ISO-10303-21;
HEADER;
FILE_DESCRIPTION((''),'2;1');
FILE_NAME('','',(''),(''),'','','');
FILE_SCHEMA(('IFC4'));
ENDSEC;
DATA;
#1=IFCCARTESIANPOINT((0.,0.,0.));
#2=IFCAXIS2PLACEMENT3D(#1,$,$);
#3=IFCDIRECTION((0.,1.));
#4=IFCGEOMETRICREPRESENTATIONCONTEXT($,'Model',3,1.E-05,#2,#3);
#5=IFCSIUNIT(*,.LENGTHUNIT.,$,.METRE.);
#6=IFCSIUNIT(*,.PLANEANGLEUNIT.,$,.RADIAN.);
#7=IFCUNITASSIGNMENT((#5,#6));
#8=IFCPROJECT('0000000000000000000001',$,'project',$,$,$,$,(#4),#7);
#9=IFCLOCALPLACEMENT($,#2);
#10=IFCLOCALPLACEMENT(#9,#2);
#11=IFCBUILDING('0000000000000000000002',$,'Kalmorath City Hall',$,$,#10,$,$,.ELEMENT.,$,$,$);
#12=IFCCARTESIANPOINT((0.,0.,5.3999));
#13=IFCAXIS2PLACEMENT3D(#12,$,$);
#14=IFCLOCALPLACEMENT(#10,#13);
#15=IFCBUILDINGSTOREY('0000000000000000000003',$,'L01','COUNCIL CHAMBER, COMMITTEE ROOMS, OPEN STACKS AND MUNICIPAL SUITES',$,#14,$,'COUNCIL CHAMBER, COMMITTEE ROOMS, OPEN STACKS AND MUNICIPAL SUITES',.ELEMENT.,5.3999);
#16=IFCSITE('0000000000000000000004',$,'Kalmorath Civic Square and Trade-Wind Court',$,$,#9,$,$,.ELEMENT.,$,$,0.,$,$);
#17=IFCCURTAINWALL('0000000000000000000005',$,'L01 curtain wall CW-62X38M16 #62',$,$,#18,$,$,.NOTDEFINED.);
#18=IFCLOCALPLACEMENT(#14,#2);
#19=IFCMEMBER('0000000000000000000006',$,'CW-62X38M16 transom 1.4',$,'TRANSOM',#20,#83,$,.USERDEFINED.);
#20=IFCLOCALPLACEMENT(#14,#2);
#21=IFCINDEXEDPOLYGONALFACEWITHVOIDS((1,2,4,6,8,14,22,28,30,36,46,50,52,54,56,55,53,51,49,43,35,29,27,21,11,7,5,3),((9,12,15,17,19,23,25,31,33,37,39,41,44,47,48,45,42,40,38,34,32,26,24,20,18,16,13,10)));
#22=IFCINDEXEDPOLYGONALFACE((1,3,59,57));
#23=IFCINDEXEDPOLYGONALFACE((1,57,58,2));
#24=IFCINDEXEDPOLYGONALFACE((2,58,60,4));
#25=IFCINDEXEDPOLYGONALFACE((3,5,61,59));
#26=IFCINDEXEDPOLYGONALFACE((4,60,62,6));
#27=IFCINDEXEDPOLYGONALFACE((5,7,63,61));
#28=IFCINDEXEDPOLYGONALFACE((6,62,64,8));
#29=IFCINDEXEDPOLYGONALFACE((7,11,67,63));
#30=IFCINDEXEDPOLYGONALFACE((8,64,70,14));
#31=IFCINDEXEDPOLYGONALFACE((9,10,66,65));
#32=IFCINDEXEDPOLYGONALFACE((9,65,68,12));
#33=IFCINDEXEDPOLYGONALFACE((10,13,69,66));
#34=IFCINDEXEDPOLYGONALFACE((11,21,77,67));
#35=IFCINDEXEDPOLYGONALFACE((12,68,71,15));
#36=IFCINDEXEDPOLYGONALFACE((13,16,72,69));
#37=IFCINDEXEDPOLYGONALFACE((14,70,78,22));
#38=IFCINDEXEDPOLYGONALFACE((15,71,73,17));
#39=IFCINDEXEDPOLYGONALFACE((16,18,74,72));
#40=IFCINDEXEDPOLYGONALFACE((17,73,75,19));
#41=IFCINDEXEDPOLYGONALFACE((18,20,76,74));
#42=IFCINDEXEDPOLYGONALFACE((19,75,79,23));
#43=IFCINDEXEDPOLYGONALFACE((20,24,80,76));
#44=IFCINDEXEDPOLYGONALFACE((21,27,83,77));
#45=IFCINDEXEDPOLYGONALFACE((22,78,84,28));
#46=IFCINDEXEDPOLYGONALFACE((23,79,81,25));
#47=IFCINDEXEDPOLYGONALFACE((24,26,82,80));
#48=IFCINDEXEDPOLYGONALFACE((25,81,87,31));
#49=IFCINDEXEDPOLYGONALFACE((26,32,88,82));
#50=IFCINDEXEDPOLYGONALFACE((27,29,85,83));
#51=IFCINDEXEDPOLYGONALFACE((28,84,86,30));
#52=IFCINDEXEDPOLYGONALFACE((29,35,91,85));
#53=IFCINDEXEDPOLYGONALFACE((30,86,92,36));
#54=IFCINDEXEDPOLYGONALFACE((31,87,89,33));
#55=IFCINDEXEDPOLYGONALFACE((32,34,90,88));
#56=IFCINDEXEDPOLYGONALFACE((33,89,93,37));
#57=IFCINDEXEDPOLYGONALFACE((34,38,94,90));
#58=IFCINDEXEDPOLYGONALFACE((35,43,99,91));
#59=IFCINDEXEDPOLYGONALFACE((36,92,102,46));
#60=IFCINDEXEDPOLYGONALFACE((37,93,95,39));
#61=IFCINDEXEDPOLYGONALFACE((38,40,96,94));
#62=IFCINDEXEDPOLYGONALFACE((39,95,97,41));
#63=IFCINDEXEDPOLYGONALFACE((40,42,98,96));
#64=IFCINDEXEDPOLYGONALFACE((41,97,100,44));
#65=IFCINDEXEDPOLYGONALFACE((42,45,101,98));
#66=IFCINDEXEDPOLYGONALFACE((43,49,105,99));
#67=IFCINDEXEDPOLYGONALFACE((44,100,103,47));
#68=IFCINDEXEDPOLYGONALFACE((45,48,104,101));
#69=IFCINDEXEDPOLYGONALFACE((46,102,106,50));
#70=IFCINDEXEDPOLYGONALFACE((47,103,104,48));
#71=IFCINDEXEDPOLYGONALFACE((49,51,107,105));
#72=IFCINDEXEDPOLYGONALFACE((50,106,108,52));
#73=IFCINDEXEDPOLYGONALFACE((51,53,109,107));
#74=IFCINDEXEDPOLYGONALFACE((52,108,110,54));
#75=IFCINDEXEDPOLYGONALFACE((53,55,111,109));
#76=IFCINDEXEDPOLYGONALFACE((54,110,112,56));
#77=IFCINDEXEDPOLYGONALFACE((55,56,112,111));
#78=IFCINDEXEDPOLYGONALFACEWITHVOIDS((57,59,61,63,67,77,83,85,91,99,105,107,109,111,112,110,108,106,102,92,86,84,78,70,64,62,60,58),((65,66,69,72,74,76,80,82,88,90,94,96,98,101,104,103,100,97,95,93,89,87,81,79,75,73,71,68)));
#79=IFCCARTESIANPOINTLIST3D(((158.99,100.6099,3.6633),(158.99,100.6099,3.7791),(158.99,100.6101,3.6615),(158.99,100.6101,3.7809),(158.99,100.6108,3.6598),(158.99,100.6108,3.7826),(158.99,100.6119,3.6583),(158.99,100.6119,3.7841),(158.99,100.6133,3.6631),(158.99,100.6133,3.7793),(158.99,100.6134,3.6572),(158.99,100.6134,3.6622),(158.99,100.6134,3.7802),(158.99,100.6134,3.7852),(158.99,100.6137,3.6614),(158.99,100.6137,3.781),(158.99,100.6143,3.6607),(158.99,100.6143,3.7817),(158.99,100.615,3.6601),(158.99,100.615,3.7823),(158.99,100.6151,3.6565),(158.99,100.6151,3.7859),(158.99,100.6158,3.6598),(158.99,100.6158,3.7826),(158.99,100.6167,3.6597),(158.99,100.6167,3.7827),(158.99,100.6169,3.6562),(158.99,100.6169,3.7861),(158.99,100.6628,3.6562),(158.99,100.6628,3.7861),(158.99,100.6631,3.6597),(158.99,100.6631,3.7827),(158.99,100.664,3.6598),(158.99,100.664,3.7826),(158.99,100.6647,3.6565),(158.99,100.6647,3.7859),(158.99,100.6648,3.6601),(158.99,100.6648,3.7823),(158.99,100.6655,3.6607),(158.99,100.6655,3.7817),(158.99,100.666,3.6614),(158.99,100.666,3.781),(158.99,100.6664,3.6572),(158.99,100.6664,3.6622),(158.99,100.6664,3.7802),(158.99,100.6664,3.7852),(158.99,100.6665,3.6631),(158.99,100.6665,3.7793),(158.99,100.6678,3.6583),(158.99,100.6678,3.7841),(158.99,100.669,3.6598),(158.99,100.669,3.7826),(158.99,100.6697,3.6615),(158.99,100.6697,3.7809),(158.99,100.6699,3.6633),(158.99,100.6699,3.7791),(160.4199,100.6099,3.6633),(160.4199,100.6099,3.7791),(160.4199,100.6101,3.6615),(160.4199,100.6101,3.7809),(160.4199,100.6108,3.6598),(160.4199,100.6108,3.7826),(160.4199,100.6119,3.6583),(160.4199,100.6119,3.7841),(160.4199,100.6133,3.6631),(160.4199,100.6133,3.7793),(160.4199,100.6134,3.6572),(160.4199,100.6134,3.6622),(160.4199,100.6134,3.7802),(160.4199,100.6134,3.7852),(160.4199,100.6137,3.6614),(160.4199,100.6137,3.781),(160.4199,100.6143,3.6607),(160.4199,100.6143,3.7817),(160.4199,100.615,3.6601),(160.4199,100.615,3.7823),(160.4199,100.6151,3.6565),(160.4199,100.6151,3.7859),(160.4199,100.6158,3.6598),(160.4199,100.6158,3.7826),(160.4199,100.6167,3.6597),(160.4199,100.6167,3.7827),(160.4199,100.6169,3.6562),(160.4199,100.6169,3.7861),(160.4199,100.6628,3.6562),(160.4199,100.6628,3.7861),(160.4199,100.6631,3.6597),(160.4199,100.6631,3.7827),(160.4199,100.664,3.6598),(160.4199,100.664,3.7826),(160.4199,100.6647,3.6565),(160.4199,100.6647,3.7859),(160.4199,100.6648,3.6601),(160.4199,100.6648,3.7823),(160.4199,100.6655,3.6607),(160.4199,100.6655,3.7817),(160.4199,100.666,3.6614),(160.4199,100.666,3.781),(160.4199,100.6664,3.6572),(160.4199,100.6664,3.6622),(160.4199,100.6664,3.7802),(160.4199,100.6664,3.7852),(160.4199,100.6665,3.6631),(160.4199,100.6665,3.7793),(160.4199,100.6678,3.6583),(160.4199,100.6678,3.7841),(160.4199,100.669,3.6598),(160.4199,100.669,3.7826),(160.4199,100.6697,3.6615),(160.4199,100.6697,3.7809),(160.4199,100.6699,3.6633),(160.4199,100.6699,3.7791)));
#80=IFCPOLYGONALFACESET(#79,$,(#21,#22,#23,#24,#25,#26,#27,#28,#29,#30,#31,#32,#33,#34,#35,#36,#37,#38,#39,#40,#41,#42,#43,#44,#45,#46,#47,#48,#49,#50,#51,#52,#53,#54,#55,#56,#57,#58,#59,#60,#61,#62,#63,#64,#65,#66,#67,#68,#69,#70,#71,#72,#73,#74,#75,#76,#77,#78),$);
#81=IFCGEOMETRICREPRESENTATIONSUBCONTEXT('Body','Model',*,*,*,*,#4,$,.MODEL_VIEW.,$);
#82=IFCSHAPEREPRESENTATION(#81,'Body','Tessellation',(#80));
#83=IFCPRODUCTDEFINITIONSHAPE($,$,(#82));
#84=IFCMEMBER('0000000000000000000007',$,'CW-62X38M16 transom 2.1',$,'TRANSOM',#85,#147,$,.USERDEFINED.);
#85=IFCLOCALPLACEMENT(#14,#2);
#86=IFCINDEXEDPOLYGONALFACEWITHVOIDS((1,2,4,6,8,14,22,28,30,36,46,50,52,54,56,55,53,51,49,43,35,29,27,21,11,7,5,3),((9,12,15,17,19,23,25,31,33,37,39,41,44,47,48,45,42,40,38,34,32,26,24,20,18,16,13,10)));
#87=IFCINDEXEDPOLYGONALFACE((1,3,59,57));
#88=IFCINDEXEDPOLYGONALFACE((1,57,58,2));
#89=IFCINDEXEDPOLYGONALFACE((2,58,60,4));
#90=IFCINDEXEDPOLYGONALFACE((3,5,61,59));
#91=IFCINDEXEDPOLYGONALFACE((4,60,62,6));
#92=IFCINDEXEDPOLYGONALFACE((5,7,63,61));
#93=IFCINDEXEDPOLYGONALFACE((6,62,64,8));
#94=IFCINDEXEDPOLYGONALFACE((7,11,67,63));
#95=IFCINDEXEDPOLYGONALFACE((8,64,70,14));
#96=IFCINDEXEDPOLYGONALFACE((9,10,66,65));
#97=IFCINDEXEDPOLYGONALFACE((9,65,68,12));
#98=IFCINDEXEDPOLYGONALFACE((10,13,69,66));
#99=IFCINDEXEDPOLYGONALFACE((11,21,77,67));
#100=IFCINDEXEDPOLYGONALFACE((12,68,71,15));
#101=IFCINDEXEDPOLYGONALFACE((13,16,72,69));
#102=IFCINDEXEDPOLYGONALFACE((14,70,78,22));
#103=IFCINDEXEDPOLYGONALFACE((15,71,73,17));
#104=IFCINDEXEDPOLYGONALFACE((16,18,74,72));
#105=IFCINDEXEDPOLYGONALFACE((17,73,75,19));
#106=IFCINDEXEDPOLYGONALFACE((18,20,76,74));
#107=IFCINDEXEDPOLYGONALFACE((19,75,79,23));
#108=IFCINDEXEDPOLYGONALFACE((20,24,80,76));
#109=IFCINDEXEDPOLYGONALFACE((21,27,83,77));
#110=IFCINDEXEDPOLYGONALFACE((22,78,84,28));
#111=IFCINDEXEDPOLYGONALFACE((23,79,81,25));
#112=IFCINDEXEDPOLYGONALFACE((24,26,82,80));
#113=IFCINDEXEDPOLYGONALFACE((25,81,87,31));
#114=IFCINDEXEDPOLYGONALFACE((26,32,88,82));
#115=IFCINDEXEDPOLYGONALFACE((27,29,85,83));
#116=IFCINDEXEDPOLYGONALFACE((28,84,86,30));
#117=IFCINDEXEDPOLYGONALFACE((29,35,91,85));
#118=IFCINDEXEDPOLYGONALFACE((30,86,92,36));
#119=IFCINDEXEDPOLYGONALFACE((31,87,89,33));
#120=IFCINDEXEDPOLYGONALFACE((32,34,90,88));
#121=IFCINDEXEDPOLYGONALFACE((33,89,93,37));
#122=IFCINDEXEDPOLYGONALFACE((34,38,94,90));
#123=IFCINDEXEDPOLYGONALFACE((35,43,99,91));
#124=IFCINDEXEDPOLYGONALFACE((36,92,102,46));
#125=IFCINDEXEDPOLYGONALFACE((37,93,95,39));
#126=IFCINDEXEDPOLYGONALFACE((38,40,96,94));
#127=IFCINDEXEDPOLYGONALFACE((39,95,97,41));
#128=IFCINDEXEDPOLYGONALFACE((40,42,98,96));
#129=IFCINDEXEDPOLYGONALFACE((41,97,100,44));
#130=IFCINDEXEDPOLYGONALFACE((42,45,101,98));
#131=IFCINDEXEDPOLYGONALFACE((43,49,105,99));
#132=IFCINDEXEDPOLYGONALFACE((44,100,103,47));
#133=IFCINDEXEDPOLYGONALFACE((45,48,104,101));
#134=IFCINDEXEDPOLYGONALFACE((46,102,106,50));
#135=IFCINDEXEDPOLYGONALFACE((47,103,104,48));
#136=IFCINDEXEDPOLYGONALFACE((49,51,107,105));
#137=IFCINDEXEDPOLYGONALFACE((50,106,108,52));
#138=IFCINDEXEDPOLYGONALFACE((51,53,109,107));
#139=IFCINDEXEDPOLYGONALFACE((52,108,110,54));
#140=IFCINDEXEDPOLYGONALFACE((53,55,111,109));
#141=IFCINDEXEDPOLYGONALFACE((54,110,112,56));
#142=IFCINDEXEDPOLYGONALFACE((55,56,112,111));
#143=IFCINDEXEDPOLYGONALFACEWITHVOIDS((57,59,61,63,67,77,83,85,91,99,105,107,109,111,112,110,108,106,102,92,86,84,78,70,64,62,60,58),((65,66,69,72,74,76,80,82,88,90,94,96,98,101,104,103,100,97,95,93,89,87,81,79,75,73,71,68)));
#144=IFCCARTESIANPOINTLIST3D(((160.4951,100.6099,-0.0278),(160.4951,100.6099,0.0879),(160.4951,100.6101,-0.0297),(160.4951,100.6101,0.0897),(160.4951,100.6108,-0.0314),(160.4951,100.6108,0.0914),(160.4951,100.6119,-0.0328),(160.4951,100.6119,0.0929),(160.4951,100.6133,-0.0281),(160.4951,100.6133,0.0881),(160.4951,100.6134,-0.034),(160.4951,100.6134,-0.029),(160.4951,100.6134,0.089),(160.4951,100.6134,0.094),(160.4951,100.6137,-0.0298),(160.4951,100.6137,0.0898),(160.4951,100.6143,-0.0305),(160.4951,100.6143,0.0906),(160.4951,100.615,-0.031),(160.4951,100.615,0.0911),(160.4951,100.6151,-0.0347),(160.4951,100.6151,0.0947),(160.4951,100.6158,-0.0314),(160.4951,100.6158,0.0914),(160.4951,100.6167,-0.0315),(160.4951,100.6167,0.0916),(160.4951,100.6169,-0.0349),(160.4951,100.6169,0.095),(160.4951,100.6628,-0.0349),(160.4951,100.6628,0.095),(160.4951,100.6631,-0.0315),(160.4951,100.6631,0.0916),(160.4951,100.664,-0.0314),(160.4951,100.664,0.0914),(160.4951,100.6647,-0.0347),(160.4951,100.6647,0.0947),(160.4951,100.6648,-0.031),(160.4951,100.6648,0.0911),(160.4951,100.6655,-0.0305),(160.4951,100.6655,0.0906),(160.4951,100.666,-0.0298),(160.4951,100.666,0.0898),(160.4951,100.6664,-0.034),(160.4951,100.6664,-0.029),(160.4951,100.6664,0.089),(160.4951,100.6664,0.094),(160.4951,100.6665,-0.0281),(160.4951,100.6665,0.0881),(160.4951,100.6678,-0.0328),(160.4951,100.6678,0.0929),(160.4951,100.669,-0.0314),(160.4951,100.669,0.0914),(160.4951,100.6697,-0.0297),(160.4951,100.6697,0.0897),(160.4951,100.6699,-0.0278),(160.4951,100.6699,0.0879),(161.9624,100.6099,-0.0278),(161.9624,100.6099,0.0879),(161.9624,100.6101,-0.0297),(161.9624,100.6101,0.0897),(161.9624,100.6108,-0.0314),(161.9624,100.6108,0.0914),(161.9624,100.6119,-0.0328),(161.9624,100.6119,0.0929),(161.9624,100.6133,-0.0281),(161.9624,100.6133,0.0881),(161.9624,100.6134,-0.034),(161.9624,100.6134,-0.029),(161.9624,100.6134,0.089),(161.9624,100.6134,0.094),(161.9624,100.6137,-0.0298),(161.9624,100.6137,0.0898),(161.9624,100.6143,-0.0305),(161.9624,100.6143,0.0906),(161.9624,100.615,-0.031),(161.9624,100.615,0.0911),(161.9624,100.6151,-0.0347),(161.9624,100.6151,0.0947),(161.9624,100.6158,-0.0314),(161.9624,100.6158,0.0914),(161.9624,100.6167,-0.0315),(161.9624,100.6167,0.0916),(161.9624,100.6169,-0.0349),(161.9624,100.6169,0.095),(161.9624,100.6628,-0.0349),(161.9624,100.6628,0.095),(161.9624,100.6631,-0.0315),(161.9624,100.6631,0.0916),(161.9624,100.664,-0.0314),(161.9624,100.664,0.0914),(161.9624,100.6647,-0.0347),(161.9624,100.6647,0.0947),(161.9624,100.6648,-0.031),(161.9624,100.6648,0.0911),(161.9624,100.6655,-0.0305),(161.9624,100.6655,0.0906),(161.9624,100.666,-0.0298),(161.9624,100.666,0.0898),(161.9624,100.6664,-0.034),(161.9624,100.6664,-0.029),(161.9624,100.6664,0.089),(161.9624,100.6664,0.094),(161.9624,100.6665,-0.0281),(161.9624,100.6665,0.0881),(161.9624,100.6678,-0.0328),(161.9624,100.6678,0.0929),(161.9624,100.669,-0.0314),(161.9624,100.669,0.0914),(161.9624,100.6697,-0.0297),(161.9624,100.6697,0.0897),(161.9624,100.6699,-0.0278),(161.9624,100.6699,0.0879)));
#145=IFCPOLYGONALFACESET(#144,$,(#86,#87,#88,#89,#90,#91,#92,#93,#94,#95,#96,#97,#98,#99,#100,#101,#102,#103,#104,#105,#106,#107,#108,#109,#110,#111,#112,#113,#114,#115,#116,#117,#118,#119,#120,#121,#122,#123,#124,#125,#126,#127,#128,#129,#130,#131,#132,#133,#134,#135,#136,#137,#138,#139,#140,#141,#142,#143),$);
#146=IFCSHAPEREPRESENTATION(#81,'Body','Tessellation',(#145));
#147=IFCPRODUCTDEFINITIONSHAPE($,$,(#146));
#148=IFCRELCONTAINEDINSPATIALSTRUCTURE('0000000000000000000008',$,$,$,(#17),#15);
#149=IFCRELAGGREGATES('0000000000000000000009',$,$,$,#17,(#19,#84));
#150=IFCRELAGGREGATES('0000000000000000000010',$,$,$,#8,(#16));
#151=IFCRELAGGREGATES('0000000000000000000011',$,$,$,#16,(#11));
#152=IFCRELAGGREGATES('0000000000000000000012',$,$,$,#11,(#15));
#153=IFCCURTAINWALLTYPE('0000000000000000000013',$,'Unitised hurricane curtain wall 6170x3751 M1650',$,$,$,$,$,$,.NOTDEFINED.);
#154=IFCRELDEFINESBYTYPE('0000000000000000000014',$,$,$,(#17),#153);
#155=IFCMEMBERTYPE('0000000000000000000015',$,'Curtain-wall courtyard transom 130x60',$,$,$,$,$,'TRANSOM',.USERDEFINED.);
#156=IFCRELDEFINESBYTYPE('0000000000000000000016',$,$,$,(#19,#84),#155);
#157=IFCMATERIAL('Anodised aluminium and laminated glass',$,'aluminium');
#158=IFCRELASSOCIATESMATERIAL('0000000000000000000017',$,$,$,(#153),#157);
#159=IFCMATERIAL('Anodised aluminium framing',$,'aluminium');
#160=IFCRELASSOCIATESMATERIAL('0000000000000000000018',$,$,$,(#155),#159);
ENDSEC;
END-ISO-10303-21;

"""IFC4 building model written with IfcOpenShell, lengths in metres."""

from ifc_helpers import new_model, si_unit, direction, frame, origin, origin_2d, place, context, subcontext, project, spatial, hollow_rectangle, extrude, material, material_profile, profile_set, type_object, element, aggregate, save


model = new_model("IFC4")

# Units and contexts
model_context = context("Model", 3, precision=1e-05, world=origin(), true_north=direction((0.0, 1.0)))
body_context = subcontext(model_context, "Body", "Model", "MODEL_VIEW")
ifc_project = project(units=[si_unit("LENGTHUNIT", "METRE"), si_unit("PLANEANGLEUNIT", "RADIAN")], contexts=[model_context])

# Site, building, storey
site_placement = place(None, origin())
site = spatial("IfcSite", under=ifc_project, at=site_placement, Name="Kalmorath Civic Square and Trade-Wind Court", CompositionType="ELEMENT", RefElevation=0.0)
building_placement = place(site_placement, origin())
building = spatial("IfcBuilding", under=site, at=building_placement, Name="Kalmorath City Hall", CompositionType="ELEMENT")
storey_placement = place(building_placement, frame((0.0, 0.0, 5.3999)))
storey = spatial("IfcBuildingStorey", under=building, at=storey_placement, Name="L01", Description="COUNCIL CHAMBER, COMMITTEE ROOMS, OPEN STACKS AND MUNICIPAL SUITES", LongName="COUNCIL CHAMBER, COMMITTEE ROOMS, OPEN STACKS AND MUNICIPAL SUITES", CompositionType="ELEMENT", Elevation=5.3999)

# Curtain wall, members
ifc_material_1 = material(Name="Anodised aluminium and laminated glass", Category="aluminium")
curtain_wall_type = type_object("IfcCurtainWallType", Name="Unitised hurricane curtain wall 6170x3751 M1650", PredefinedType="NOTDEFINED", material=ifc_material_1)
curtain_wall_placement = place(storey_placement, origin())
curtain_wall = element("IfcCurtainWall", 1, at=curtain_wall_placement, inside=storey, type_object=curtain_wall_type, Name="L01 curtain wall CW-62X38M16 #62", PredefinedType="NOTDEFINED")
ifc_material_2 = material(Name="Anodised aluminium framing", Category="aluminium")
ifc_material_profile_1 = material_profile(ifc_material_2, hollow_rectangle(XDim=0.0601, YDim=0.1299, WallThickness=0.0034, InnerFilletRadius=0.0034, OuterFilletRadius=0.0071, at=origin_2d()), Name="ALU-TRN-130X60X3.5")
ifc_profile_set_1 = profile_set([ifc_material_profile_1], Name="Anodised aluminium framing")
member_type_1 = type_object("IfcMemberType", Name="Curtain-wall courtyard transom 130x60", ElementType="TRANSOM", PredefinedType="USERDEFINED", material=ifc_profile_set_1)
member_1_placement = place(storey_placement, frame((158.99, 100.6399, 3.7212), z_axis=(1.0, 0.0, 0.0), x_axis=(0.0, 1.0, 0.0)))
member_1 = element("IfcMember", 2, at=member_1_placement, type_object=member_type_1, Name="CW-62X38M16 transom 1.4", ObjectType="TRANSOM", PredefinedType="USERDEFINED", context=body_context, shape_type="SweptSolid", body=[
    extrude(hollow_rectangle(XDim=0.0601, YDim=0.1299, WallThickness=0.0034, InnerFilletRadius=0.0034, OuterFilletRadius=0.0071, at=origin_2d()), origin(), (0.0, 0.0, 1.0), 1.4299),
])
member_2_placement = place(storey_placement, frame((160.4951, 100.6399, 0.03), z_axis=(1.0, 0.0, 0.0), x_axis=(0.0, 1.0, 0.0)))
member_2 = element("IfcMember", 3, at=member_2_placement, type_object=member_type_1, Name="CW-62X38M16 transom 2.1", ObjectType="TRANSOM", PredefinedType="USERDEFINED", context=body_context, shape_type="SweptSolid", body=[
    extrude(hollow_rectangle(XDim=0.0601, YDim=0.1299, WallThickness=0.0034, InnerFilletRadius=0.0034, OuterFilletRadius=0.0071, at=origin_2d()), origin(), (0.0, 0.0, 1.0), 1.4673),
])

aggregate(curtain_wall, [member_1, member_2])

save(model, "model.ifc")
